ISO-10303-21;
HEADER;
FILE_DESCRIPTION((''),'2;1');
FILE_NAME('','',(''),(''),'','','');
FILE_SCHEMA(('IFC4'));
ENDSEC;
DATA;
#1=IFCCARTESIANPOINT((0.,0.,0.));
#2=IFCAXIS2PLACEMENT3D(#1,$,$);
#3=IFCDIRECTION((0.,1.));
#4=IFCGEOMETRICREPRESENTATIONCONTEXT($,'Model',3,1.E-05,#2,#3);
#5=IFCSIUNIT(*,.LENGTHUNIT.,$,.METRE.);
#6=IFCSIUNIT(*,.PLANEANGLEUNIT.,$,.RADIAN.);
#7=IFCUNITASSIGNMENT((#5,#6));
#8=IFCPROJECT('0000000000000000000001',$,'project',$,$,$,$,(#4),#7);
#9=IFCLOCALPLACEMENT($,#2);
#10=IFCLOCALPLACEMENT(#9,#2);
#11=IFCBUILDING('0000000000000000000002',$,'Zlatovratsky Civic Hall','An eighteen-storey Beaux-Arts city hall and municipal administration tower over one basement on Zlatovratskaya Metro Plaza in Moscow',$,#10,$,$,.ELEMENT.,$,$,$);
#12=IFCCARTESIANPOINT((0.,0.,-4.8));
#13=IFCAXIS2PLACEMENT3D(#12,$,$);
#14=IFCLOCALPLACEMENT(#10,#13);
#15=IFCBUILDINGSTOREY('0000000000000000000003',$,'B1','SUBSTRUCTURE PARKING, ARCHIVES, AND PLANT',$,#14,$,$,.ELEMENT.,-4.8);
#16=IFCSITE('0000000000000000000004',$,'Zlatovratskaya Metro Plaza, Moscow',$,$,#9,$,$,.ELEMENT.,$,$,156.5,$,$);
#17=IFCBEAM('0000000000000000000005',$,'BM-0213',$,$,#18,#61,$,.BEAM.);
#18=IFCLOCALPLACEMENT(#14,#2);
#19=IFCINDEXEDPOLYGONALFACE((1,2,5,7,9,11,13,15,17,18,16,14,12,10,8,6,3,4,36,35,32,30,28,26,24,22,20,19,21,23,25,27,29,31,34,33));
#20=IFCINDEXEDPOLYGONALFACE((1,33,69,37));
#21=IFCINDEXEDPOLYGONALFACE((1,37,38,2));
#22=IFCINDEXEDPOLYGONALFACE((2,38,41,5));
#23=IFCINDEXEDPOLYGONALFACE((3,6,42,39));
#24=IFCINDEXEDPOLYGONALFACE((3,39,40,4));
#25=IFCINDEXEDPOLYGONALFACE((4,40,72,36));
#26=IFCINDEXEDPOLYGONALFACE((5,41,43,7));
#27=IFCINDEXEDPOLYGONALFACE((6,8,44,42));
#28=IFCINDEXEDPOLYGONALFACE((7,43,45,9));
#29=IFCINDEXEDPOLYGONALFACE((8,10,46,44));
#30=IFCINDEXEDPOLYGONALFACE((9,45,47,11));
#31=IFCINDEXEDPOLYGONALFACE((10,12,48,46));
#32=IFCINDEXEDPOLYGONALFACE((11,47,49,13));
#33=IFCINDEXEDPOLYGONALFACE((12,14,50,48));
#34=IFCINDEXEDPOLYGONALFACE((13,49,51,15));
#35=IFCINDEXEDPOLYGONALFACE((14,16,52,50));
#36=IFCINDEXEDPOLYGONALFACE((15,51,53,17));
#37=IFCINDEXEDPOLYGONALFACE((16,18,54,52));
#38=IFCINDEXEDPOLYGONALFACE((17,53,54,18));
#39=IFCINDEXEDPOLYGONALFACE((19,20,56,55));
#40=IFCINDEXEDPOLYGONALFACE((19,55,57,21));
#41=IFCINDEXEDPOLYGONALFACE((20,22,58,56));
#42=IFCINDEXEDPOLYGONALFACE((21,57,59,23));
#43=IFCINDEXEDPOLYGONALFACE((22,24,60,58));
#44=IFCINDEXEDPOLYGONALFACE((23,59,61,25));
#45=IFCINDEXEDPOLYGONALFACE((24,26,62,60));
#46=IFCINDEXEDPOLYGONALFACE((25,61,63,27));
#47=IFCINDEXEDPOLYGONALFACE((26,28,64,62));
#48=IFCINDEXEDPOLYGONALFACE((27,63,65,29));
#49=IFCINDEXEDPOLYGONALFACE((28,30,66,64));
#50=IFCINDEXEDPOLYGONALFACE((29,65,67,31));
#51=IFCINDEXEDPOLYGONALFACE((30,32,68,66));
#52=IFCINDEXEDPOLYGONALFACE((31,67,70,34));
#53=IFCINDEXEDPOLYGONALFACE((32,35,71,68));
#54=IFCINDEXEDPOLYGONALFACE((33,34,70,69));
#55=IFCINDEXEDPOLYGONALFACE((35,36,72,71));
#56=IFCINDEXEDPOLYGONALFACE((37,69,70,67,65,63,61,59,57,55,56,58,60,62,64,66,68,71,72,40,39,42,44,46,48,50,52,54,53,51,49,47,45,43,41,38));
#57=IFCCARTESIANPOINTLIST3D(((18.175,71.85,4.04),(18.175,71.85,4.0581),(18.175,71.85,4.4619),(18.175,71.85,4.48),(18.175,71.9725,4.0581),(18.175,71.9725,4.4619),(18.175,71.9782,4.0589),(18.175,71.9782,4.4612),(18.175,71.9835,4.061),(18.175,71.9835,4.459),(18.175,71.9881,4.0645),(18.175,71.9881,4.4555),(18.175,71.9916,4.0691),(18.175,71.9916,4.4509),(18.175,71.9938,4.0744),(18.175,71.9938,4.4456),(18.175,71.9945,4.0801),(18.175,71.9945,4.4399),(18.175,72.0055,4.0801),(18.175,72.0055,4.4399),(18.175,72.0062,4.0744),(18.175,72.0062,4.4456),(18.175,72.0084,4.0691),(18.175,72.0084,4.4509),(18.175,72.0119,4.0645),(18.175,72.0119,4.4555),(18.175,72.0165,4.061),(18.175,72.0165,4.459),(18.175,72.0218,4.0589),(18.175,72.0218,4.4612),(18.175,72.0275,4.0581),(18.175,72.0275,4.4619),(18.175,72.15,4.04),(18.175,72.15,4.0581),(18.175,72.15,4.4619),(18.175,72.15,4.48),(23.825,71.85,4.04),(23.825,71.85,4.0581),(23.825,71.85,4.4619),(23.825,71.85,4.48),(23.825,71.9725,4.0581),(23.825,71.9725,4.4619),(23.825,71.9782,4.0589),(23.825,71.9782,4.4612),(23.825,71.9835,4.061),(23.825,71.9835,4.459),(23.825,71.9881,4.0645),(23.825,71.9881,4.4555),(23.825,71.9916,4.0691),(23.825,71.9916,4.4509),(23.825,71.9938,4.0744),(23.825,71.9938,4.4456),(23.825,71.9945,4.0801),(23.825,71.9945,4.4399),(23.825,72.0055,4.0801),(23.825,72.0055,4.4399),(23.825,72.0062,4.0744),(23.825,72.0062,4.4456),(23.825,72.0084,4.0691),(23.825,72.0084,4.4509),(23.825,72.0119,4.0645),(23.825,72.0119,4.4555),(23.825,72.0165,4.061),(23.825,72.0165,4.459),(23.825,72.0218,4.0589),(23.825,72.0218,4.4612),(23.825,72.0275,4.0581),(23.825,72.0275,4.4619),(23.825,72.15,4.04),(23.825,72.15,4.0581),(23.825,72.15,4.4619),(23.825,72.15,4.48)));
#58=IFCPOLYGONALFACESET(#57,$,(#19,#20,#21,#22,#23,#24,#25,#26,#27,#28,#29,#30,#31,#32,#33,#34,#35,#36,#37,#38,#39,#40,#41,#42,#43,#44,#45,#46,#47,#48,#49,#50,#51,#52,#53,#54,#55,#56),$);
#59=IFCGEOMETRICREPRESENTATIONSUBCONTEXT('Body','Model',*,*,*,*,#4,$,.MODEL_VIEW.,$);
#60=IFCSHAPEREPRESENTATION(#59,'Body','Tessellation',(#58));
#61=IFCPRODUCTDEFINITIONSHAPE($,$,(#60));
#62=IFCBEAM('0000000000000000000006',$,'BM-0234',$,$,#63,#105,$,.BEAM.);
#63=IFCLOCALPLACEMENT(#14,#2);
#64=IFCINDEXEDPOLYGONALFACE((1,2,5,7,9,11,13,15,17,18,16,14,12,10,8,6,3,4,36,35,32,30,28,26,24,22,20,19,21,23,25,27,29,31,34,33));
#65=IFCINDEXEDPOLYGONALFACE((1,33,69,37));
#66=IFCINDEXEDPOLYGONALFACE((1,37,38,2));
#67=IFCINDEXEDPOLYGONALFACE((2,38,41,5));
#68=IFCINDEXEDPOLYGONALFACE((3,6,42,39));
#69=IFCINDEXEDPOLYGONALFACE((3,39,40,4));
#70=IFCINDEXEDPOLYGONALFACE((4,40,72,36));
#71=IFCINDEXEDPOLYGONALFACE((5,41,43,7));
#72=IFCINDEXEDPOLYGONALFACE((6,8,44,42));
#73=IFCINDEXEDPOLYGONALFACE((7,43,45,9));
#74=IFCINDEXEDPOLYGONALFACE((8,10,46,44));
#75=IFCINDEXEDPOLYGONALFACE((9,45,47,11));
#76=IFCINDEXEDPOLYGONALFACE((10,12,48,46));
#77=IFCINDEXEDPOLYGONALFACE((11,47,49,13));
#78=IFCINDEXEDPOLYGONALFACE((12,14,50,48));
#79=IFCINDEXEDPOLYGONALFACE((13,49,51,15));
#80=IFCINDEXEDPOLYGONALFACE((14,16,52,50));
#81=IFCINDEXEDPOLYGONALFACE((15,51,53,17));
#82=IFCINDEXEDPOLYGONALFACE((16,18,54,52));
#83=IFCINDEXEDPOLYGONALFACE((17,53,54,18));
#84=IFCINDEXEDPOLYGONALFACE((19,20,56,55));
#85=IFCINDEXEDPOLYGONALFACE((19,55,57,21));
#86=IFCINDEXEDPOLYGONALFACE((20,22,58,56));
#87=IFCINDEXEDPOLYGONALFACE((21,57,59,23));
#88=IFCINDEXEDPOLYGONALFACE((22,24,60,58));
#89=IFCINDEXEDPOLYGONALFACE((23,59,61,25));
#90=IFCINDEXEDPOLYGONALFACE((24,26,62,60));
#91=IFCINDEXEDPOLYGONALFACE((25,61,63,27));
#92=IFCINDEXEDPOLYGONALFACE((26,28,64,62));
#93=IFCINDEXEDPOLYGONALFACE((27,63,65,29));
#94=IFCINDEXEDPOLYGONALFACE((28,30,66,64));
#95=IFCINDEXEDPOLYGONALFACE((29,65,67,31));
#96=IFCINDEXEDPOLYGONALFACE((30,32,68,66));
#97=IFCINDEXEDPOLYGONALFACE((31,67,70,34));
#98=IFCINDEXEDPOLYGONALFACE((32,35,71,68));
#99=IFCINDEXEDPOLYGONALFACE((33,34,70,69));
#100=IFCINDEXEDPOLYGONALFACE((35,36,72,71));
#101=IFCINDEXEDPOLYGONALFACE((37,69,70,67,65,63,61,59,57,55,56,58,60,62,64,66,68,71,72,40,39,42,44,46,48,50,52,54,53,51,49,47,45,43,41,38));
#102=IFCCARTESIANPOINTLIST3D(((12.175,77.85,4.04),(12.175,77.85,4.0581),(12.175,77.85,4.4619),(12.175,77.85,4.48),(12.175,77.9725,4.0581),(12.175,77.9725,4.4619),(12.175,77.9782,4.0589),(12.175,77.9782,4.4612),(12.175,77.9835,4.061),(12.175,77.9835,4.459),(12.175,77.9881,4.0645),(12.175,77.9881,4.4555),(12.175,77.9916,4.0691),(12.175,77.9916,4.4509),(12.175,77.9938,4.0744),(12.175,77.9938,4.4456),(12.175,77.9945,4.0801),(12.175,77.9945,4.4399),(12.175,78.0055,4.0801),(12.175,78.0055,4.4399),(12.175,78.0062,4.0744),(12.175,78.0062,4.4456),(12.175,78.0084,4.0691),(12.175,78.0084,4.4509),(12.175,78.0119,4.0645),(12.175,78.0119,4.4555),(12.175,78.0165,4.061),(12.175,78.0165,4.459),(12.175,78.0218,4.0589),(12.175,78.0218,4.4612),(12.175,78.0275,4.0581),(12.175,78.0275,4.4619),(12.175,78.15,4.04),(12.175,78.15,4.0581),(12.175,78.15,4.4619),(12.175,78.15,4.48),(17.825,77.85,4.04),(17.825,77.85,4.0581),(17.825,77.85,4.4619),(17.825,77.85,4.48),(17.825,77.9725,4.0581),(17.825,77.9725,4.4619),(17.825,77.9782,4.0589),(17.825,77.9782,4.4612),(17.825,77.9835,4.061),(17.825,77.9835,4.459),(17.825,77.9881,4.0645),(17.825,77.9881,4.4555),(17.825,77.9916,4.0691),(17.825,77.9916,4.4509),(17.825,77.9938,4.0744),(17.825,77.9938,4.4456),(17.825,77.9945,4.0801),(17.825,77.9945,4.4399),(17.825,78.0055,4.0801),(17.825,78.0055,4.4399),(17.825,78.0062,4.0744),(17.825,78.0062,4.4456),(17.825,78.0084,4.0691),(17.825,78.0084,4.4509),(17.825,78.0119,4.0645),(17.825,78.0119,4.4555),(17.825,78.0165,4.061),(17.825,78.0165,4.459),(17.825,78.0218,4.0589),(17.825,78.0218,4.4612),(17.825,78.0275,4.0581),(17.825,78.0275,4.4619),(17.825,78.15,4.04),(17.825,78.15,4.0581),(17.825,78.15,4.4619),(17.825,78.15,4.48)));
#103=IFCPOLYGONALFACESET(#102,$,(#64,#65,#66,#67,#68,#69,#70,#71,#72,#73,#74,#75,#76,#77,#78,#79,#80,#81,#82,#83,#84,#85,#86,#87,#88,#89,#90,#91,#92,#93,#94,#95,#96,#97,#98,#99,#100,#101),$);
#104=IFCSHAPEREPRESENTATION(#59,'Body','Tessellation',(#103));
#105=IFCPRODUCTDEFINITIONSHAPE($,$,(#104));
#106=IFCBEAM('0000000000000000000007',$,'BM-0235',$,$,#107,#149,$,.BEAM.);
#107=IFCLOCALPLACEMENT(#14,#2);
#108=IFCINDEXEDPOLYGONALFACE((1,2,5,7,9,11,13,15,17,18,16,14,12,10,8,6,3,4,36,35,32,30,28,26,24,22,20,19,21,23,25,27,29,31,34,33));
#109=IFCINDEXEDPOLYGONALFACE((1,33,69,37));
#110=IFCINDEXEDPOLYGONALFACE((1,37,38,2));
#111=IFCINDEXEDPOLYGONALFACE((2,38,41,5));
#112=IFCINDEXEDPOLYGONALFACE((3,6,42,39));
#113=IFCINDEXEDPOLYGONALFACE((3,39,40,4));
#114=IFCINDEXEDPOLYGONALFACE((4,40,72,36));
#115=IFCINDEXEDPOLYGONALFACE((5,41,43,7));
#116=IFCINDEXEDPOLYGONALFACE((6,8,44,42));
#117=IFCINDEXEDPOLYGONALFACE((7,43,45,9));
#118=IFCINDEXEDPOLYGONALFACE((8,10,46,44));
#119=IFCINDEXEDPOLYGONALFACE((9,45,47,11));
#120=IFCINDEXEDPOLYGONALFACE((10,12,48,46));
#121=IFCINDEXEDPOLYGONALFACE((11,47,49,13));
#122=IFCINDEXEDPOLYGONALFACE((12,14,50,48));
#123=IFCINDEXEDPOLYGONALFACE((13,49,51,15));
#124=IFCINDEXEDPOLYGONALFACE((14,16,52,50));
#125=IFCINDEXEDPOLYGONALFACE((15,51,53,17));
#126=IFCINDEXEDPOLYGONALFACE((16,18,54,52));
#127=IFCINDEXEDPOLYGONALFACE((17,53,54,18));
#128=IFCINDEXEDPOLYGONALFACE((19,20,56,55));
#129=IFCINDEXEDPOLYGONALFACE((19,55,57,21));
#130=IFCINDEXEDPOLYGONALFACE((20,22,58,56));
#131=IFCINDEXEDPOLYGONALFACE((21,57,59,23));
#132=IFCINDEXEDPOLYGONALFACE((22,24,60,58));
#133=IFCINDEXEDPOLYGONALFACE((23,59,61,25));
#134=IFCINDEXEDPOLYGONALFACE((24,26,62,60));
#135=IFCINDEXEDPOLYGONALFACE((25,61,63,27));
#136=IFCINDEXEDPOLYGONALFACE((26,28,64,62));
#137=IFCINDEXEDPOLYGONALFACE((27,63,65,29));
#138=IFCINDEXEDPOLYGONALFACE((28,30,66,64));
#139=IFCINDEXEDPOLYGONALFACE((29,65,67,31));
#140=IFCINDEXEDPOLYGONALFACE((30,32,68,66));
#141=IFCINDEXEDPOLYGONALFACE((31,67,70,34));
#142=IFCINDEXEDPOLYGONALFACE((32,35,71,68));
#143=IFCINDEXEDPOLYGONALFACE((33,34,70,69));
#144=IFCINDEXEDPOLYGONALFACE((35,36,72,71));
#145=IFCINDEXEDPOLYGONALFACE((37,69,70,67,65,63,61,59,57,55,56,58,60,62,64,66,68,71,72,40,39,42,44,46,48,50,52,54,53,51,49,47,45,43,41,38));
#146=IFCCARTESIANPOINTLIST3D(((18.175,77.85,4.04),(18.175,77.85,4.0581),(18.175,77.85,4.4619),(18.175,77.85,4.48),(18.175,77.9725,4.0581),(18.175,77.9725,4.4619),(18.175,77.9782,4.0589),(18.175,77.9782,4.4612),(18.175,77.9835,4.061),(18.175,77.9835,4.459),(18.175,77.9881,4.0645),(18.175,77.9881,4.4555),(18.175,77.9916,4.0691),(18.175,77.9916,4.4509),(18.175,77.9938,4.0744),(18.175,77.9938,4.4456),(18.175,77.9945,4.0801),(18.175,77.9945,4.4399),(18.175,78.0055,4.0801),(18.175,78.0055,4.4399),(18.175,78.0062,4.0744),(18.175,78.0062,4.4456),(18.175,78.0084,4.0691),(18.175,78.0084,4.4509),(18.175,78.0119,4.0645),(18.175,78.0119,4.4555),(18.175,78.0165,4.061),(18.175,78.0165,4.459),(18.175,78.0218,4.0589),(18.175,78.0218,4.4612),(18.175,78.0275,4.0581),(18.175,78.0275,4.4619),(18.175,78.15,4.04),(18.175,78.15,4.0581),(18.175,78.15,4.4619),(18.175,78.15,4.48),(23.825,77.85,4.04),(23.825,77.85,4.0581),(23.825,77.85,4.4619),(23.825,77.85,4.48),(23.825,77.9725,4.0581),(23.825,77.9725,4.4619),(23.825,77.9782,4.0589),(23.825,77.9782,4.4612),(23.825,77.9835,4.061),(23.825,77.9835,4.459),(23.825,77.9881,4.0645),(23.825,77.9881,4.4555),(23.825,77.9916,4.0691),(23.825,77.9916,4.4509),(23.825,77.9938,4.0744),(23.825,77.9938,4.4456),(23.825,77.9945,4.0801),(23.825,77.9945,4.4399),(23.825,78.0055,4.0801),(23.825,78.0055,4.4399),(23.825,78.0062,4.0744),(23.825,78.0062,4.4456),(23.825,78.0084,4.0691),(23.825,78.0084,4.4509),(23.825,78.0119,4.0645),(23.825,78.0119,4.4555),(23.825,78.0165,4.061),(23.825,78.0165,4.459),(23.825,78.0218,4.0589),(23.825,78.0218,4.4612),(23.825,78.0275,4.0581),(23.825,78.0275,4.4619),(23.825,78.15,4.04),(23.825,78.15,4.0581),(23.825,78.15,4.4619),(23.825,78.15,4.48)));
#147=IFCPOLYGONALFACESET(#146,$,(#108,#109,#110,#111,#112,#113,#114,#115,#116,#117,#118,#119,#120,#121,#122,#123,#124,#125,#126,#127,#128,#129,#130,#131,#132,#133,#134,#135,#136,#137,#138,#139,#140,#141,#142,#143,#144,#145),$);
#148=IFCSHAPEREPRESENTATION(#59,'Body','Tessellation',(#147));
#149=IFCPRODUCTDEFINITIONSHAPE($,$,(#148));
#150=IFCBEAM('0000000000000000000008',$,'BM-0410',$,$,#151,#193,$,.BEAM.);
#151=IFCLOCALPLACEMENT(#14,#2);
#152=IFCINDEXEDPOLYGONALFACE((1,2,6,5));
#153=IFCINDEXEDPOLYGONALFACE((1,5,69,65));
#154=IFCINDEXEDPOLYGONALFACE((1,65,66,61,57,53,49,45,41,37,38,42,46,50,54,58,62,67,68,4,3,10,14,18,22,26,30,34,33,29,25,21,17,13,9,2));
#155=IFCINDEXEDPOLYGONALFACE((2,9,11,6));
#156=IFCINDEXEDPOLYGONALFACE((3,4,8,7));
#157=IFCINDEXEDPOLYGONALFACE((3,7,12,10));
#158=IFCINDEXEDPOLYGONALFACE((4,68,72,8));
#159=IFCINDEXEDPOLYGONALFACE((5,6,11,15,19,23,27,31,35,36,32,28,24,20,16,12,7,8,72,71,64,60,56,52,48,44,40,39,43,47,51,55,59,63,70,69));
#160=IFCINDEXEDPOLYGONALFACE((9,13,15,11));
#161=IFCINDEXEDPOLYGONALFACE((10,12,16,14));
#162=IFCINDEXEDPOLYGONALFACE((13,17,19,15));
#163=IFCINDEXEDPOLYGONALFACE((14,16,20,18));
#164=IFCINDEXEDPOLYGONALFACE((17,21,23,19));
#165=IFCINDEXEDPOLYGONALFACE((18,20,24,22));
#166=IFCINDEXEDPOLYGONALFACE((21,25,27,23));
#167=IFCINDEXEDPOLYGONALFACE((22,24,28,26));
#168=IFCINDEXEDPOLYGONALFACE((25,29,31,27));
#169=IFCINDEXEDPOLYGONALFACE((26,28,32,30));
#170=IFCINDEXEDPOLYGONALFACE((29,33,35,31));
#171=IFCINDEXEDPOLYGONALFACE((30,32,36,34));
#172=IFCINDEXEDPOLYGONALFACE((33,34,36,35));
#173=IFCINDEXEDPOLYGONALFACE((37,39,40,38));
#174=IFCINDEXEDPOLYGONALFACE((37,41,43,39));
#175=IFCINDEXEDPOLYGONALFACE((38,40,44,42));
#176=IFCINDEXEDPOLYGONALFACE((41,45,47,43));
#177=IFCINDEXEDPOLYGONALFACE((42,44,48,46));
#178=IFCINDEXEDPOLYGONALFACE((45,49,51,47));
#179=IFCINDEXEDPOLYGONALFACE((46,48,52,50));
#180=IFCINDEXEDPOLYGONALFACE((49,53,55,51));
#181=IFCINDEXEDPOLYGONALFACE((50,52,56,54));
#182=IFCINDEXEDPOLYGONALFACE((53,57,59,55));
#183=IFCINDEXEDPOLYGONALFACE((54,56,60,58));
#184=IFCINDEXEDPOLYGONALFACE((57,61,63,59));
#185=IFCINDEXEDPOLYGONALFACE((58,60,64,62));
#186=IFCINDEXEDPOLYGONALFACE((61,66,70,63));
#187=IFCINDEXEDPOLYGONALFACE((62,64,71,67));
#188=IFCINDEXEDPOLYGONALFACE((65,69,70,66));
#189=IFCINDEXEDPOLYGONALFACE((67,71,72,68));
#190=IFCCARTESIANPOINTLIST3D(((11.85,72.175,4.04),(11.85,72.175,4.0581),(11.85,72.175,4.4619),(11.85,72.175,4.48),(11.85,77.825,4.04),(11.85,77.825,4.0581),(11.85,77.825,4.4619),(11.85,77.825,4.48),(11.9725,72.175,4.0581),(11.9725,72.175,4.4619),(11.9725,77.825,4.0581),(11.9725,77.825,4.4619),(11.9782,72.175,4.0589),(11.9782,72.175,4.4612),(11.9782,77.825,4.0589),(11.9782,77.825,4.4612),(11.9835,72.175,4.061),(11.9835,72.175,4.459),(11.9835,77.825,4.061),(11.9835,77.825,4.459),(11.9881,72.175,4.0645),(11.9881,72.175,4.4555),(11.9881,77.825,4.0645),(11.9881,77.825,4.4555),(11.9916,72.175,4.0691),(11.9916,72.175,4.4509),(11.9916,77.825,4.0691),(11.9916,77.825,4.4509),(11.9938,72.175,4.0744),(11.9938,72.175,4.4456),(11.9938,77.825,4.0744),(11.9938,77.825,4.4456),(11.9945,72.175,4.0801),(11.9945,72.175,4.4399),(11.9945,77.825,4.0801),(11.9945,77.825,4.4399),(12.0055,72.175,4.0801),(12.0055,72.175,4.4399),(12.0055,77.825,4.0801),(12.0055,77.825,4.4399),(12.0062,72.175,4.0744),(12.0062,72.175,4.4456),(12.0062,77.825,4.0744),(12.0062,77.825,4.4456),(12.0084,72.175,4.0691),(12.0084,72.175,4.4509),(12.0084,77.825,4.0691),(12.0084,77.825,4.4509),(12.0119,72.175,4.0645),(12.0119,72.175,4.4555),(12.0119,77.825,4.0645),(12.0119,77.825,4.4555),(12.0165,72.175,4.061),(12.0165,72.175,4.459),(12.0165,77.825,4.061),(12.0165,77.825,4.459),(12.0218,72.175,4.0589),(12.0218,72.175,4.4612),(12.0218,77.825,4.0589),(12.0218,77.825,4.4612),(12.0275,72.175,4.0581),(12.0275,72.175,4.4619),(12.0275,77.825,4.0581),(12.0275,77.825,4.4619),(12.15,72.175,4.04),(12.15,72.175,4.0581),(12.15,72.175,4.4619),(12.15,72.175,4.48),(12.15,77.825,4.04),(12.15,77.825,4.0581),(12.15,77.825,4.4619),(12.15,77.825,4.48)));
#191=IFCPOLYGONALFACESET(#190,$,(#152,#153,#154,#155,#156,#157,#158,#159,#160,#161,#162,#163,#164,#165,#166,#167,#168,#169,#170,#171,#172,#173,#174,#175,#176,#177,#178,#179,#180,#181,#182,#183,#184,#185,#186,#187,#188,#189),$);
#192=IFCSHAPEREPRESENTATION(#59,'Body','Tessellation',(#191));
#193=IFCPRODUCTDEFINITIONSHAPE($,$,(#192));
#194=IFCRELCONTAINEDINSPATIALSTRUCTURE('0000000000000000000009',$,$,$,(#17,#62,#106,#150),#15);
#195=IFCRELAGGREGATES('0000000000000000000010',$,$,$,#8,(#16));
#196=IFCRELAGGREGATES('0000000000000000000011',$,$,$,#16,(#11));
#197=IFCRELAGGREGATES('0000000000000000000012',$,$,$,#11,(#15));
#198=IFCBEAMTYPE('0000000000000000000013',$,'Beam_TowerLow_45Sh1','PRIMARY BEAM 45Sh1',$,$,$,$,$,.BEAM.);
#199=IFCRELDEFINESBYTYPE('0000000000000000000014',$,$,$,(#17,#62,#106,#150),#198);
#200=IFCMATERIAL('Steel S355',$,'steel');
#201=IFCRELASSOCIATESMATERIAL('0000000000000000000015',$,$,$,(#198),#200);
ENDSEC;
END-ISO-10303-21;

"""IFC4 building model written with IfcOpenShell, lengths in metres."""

from ifc_helpers import new_model, si_unit, direction, frame, origin, origin_2d, place, context, subcontext, project, spatial, i_section, extrude, material, material_profile, profile_set, type_object, element, save


model = new_model("IFC4")

# Units and contexts
model_context = context("Model", 3, precision=1e-05, world=origin(), true_north=direction((0.0, 1.0)))
body_context = subcontext(model_context, "Body", "Model", "MODEL_VIEW")
ifc_project = project(units=[si_unit("LENGTHUNIT", "METRE"), si_unit("PLANEANGLEUNIT", "RADIAN")], contexts=[model_context])

# Site, building, storey
site_placement = place(None, origin())
site = spatial("IfcSite", under=ifc_project, at=site_placement, Name="Zlatovratskaya Metro Plaza, Moscow", CompositionType="ELEMENT", RefElevation=156.5)
building_placement = place(site_placement, origin())
building = spatial("IfcBuilding", under=site, at=building_placement, Name="Zlatovratsky Civic Hall", Description="An eighteen-storey Beaux-Arts city hall and municipal administration tower over one basement on Zlatovratskaya Metro Plaza in Moscow", CompositionType="ELEMENT")
storey_placement = place(building_placement, frame((0.0, 0.0, -4.8)))
storey = spatial("IfcBuildingStorey", under=building, at=storey_placement, Name="B1", Description="SUBSTRUCTURE PARKING, ARCHIVES, AND PLANT", CompositionType="ELEMENT", Elevation=-4.8)

# Shared definitions
ifc_material_1 = material(Name="Steel S355", Category="steel")

# Beams
ifc_material_profile_1 = material_profile(ifc_material_1, i_section(OverallWidth=0.3, OverallDepth=0.4399, WebThickness=0.011, FlangeThickness=0.0181, FilletRadius=0.022, at=origin_2d()), Name="45Sh1")
ifc_profile_set_1 = profile_set([ifc_material_profile_1], Name="Steel S355")
beam_type = type_object("IfcBeamType", Name="Beam_TowerLow_45Sh1", Description="PRIMARY BEAM 45Sh1", PredefinedType="BEAM", material=ifc_profile_set_1)
for number, where, z_axis, x_axis, name in (
    (1, (18.175, 72.0, 4.26), (1.0, 0.0, 0.0), (0.0, 1.0, 0.0), "BM-0213"),
    (2, (12.175, 78.0, 4.26), (1.0, 0.0, 0.0), (0.0, 1.0, 0.0), "BM-0234"),
    (3, (18.175, 78.0, 4.26), (1.0, 0.0, 0.0), (0.0, 1.0, 0.0), "BM-0235"),
    (4, (12.0, 72.175, 4.26), (0.0, 1.0, 0.0), (-1.0, 0.0, 0.0), "BM-0410"),
):
    element("IfcBeam", number, at=place(storey_placement, frame(where, z_axis=z_axis, x_axis=x_axis)), inside=storey, type_object=beam_type, Name=name, PredefinedType="BEAM", context=body_context, shape_type="SweptSolid", body=[
        extrude(i_section(OverallWidth=0.3, OverallDepth=0.4399, WebThickness=0.011, FlangeThickness=0.0181, FilletRadius=0.022, at=origin_2d()), origin(), (0.0, 0.0, 1.0), 5.6499),
    ])

save(model, "model.ifc")
